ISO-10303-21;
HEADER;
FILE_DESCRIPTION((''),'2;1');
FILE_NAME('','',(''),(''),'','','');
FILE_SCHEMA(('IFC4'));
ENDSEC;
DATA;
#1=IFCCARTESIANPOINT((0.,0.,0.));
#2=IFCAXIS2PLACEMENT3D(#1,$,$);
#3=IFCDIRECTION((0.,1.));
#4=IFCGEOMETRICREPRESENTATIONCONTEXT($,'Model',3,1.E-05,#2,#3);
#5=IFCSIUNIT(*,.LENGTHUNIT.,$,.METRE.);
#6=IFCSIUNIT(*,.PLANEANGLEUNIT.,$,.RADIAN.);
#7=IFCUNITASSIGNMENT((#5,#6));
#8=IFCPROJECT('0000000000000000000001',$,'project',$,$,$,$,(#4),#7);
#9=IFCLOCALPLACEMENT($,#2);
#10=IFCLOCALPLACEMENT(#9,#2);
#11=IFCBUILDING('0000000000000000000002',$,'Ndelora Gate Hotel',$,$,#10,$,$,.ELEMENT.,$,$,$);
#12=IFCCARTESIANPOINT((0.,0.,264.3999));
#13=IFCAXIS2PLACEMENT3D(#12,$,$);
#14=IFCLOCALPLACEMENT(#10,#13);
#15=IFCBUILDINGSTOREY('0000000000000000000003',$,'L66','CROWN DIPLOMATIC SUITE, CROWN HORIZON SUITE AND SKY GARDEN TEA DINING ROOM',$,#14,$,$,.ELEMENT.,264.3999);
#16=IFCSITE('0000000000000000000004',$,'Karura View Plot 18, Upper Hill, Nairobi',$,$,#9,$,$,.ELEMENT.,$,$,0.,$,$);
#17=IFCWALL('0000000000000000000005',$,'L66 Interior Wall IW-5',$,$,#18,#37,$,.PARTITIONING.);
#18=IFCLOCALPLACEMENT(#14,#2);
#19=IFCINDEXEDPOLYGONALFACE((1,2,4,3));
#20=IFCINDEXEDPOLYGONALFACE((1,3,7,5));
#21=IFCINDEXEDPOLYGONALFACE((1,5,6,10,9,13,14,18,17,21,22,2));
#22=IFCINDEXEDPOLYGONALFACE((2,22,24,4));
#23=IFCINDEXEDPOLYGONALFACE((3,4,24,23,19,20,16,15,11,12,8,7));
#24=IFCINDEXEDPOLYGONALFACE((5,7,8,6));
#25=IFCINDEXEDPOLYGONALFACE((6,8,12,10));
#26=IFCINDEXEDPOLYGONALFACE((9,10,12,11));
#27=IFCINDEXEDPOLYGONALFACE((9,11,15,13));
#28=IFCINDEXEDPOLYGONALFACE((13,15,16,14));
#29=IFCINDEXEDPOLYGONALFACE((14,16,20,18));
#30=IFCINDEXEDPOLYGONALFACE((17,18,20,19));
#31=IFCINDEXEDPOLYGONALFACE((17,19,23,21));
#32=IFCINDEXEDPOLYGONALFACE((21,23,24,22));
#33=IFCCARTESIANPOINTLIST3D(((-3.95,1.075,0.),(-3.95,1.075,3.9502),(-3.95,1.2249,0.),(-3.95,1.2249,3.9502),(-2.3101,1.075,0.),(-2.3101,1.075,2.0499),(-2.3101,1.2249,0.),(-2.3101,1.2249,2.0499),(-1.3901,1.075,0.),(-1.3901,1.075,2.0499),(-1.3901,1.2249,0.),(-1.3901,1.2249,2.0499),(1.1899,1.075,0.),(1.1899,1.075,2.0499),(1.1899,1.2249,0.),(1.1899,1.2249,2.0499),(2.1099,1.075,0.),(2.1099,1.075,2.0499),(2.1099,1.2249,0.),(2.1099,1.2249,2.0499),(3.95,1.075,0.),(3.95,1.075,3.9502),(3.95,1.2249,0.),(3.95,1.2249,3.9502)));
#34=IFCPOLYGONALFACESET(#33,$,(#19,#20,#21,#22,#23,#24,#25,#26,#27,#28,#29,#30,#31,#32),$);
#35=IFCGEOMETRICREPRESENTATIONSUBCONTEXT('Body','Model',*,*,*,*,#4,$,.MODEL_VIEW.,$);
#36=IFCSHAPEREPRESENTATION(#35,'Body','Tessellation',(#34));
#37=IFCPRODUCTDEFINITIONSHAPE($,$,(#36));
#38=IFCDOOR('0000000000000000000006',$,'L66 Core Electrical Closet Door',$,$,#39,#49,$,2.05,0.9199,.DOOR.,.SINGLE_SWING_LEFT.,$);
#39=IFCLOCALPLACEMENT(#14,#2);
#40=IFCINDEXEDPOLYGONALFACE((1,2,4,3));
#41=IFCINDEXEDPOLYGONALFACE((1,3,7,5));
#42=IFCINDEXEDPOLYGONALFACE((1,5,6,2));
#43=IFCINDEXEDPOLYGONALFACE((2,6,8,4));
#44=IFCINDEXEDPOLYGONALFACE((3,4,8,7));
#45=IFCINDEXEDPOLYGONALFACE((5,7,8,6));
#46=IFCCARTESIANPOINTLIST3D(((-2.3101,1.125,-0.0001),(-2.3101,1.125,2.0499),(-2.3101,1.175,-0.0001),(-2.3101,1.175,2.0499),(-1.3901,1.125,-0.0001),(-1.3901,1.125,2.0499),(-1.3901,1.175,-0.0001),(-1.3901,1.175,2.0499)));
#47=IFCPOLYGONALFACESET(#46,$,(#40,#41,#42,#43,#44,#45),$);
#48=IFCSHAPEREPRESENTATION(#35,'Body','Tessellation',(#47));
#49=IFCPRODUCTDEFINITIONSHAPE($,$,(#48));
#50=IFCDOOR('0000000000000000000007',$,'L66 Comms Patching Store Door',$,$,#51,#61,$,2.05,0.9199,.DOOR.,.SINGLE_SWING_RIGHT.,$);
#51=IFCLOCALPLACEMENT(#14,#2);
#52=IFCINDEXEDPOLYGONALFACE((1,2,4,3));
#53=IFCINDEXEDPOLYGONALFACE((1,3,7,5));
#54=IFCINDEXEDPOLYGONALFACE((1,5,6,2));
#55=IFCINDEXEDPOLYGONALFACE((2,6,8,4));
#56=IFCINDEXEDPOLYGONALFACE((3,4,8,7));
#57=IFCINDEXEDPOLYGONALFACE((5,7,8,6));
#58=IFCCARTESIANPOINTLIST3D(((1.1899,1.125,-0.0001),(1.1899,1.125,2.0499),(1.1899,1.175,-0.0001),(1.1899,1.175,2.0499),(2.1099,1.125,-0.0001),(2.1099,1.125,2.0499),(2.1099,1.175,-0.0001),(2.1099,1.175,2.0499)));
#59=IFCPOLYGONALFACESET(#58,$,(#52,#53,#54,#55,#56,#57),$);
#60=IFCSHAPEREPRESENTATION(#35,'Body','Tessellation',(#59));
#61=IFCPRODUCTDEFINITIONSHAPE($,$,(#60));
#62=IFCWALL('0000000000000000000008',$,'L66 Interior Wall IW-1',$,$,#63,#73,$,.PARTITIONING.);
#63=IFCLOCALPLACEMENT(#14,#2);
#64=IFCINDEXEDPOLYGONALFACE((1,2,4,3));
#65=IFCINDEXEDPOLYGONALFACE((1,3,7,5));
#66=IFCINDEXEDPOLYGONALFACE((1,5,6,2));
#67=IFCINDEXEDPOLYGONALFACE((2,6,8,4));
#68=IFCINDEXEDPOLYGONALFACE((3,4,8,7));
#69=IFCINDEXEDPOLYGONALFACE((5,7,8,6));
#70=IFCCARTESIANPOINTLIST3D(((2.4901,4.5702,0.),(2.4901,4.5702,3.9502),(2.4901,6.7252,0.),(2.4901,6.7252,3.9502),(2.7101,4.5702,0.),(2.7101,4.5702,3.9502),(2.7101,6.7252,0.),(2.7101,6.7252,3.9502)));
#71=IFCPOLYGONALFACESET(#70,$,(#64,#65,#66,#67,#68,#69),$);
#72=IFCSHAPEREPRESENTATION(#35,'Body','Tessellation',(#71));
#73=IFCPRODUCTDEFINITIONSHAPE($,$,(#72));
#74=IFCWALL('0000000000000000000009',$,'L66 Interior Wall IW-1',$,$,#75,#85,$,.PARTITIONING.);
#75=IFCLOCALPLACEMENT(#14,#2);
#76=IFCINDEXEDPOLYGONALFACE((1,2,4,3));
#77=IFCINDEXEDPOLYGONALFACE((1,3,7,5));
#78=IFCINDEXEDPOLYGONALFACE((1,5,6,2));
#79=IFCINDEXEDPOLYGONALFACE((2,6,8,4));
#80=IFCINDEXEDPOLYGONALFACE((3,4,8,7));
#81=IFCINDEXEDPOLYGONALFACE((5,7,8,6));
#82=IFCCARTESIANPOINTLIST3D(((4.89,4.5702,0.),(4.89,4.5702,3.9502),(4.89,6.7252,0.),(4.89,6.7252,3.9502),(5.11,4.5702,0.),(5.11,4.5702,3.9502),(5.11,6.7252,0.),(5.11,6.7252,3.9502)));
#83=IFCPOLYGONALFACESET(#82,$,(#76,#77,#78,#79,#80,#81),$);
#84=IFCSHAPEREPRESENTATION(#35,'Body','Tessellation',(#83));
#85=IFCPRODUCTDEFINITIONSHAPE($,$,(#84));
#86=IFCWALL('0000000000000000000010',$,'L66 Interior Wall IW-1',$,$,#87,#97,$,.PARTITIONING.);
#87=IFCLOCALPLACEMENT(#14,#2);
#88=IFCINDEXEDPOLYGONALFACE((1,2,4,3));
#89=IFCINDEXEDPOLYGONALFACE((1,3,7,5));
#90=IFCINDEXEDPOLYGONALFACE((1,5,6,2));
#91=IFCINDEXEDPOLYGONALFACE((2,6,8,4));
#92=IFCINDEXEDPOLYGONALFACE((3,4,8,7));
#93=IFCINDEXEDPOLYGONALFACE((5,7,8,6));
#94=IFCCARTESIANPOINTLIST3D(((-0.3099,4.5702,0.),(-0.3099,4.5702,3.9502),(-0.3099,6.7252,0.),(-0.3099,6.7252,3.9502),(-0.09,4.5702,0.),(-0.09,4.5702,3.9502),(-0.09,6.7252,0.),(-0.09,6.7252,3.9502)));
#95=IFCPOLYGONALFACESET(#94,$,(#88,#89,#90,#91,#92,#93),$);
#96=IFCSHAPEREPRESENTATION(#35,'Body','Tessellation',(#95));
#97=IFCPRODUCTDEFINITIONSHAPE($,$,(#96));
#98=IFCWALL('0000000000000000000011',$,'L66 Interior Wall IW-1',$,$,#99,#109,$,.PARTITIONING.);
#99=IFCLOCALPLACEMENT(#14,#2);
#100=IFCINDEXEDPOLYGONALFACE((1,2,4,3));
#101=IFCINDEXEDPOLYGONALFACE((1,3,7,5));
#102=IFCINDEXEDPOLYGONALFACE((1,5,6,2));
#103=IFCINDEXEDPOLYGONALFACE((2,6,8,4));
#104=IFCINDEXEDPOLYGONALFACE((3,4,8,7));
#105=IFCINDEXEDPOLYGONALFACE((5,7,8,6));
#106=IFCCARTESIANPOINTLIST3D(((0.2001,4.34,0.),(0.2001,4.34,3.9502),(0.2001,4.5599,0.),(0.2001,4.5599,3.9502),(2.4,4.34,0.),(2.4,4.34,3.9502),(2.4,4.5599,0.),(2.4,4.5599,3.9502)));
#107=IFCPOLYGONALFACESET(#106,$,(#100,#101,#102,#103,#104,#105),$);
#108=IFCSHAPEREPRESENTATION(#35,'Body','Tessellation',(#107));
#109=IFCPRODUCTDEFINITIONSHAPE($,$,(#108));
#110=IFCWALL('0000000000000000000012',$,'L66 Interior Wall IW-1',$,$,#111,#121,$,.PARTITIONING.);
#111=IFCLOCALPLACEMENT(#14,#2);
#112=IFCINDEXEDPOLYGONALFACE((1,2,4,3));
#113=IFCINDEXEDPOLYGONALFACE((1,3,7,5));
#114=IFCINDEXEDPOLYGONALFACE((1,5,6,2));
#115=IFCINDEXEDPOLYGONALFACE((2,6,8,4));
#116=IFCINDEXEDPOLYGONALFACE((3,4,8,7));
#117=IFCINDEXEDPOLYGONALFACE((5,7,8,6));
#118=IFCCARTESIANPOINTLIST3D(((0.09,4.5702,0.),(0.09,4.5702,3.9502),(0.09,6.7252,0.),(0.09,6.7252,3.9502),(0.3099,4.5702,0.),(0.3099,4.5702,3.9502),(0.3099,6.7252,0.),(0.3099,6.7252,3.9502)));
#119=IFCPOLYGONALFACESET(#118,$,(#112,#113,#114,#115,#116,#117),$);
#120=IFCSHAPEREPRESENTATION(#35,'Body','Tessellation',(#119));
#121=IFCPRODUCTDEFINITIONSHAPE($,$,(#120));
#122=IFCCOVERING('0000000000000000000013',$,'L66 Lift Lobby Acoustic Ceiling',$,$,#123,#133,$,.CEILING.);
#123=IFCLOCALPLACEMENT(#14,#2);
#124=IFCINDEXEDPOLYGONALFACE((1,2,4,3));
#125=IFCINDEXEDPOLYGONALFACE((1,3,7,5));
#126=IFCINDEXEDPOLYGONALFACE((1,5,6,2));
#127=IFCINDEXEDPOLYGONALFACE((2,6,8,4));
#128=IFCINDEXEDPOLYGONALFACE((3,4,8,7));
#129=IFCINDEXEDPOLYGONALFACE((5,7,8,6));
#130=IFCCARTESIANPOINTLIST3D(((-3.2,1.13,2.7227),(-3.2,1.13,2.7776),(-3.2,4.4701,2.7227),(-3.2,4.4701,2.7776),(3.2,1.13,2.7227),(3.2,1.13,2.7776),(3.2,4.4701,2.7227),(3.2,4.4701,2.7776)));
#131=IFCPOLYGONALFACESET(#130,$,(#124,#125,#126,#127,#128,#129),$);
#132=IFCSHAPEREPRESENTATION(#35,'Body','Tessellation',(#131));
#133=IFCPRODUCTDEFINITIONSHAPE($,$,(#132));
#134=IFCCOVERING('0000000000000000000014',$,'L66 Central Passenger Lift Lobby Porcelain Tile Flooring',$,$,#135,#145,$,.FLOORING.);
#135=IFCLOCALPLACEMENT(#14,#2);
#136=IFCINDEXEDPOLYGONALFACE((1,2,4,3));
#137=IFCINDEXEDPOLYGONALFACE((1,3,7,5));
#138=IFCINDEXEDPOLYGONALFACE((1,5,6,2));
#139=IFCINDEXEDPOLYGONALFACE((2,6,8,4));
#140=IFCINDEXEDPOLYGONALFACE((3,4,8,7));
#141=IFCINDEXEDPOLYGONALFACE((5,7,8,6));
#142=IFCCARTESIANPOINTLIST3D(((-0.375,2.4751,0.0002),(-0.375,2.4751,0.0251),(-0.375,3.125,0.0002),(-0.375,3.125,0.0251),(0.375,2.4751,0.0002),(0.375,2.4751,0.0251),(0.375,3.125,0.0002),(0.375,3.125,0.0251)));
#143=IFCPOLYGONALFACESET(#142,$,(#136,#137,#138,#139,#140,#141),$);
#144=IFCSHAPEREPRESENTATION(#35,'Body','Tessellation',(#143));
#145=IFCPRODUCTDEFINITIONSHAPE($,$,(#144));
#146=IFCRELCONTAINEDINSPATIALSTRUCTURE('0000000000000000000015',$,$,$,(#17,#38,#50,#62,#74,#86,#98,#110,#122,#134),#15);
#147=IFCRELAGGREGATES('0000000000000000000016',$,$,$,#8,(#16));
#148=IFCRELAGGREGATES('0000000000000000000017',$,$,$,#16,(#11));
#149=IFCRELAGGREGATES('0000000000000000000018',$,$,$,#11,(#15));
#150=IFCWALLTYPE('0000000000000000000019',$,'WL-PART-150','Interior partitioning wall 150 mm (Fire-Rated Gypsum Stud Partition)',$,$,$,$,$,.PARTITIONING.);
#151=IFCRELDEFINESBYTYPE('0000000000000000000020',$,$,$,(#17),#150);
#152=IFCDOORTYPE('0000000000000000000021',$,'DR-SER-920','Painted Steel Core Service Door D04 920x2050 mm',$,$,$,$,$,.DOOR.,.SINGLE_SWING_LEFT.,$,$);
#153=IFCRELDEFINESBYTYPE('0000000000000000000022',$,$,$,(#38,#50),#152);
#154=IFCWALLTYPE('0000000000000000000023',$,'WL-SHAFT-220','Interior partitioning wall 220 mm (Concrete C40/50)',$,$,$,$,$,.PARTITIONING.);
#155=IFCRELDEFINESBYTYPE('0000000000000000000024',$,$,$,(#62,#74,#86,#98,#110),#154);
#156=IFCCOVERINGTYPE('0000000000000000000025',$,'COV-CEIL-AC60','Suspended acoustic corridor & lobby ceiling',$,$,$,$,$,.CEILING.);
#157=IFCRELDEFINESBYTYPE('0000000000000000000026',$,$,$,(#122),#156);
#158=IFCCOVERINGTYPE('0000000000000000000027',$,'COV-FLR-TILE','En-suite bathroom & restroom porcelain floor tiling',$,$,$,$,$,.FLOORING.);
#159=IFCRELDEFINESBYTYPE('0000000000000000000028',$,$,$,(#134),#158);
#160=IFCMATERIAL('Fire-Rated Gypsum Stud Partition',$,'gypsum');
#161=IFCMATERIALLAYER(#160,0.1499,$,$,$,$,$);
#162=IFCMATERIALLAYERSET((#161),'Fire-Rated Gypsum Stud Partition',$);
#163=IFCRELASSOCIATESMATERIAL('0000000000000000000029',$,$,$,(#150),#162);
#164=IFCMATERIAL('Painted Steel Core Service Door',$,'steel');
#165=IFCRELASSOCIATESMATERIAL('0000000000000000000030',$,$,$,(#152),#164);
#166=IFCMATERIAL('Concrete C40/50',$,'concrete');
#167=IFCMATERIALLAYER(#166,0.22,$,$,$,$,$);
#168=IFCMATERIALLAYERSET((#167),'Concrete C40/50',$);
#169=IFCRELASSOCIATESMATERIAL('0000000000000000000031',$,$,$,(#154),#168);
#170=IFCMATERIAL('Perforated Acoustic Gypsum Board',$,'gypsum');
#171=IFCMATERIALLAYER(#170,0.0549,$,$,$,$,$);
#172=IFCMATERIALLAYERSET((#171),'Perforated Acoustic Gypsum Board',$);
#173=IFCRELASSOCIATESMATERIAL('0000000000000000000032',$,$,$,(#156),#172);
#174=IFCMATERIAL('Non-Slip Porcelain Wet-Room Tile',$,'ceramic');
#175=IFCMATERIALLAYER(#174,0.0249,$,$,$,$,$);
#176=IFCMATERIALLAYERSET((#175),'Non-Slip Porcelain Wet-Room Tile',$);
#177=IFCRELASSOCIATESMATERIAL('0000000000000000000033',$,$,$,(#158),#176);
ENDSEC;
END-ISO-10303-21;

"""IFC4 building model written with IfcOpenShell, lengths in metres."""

from ifc_helpers import new_model, si_unit, direction, frame, frame_2d, origin, origin_2d, place, context, subcontext, project, spatial, rectangle, extrude, material, layer, layer_set, type_object, element, fill, save


model = new_model("IFC4")

# Units and contexts
model_context = context("Model", 3, precision=1e-05, world=origin(), true_north=direction((0.0, 1.0)))
body_context = subcontext(model_context, "Body", "Model", "MODEL_VIEW")
ifc_project = project(units=[si_unit("LENGTHUNIT", "METRE"), si_unit("PLANEANGLEUNIT", "RADIAN")], contexts=[model_context])

# Site, building, storey
site_placement = place(None, origin())
site = spatial("IfcSite", under=ifc_project, at=site_placement, Name="Karura View Plot 18, Upper Hill, Nairobi", CompositionType="ELEMENT", RefElevation=0.0)
building_placement = place(site_placement, origin())
building = spatial("IfcBuilding", under=site, at=building_placement, Name="Ndelora Gate Hotel", CompositionType="ELEMENT")
storey_placement = place(building_placement, frame((0.0, 0.0, 264.3999)))
storey = spatial("IfcBuildingStorey", under=building, at=storey_placement, Name="L66", Description="CROWN DIPLOMATIC SUITE, CROWN HORIZON SUITE AND SKY GARDEN TEA DINING ROOM", CompositionType="ELEMENT", Elevation=264.3999)

# Shared definitions
ifc_material_1 = material(Name="Concrete C40/50", Category="concrete")

# Wall, openings, doors
ifc_material_2 = material(Name="Fire-Rated Gypsum Stud Partition", Category="gypsum")
ifc_layer_1 = layer(ifc_material_2, 0.1499)
ifc_layer_set_1 = layer_set([ifc_layer_1], Name="Fire-Rated Gypsum Stud Partition")
wall_type_1 = type_object("IfcWallType", Name="WL-PART-150", Description="Interior partitioning wall 150 mm (Fire-Rated Gypsum Stud Partition)", PredefinedType="PARTITIONING", material=ifc_layer_set_1)
wall_1_placement = place(storey_placement, frame((3.95, 1.1499, 0.0), z_axis=(0.0, 0.0, 1.0), x_axis=(-1.0, 0.0, 0.0)))
wall_1 = element("IfcWall", 1, at=wall_1_placement, inside=storey, type_object=wall_type_1, Name="L66 Interior Wall IW-5", PredefinedType="PARTITIONING", context=body_context, shape_type="SweptSolid", body=[
    extrude(rectangle(XDim=7.8999, YDim=0.1499, at=frame_2d((3.95, 0.0))), origin(), (0.0, 0.0, 1.0), 3.9502),
])
opening_1_placement = place(wall_1_placement, frame((5.3401, 0.0, 0.0)))
opening_1 = element("IfcOpeningElement", 2, at=opening_1_placement, cuts=wall_1, PredefinedType="OPENING", context=body_context, shape_type="SweptSolid", body=[
    extrude(rectangle(XDim=0.9199, YDim=2.05, at=frame_2d((0.46, 1.0249))), frame((0.0, 0.085, 0.0), z_axis=(0.0, -1.0, 0.0), x_axis=(1.0, 0.0, 0.0)), (0.0, 0.0, 1.0), 0.1699),
])
opening_2_placement = place(wall_1_placement, frame((1.8401, 0.0, 0.0)))
opening_2 = element("IfcOpeningElement", 3, at=opening_2_placement, cuts=wall_1, PredefinedType="OPENING", context=body_context, shape_type="SweptSolid", body=[
    extrude(rectangle(XDim=0.9199, YDim=2.05, at=frame_2d((0.46, 1.0249))), frame((0.0, 0.085, 0.0), z_axis=(0.0, -1.0, 0.0), x_axis=(1.0, 0.0, 0.0)), (0.0, 0.0, 1.0), 0.1699),
])
ifc_material_3 = material(Name="Painted Steel Core Service Door", Category="steel")
door_type_1 = type_object("IfcDoorType", Name="DR-SER-920", Description="Painted Steel Core Service Door D04 920x2050 mm", OperationType="SINGLE_SWING_LEFT", PredefinedType="DOOR", material=ifc_material_3)
door_1_placement = place(opening_1_placement, origin())
door_1 = element("IfcDoor", 4, at=door_1_placement, inside=storey, type_object=door_type_1, Name="L66 Core Electrical Closet Door", OperationType="SINGLE_SWING_LEFT", OverallHeight=2.05, OverallWidth=0.9199, PredefinedType="DOOR", context=body_context, shape_type="SweptSolid", body=[
    extrude(rectangle(XDim=0.9199, YDim=2.05, at=frame_2d((0.46, 1.0249))), frame((0.0, 0.0249, 0.0), z_axis=(0.0, -1.0, 0.0), x_axis=(1.0, 0.0, 0.0)), (0.0, 0.0, 1.0), 0.05),
])
fill(opening_1, door_1)
door_2_placement = place(opening_2_placement, origin())
door_2 = element("IfcDoor", 5, at=door_2_placement, inside=storey, type_object=door_type_1, Name="L66 Comms Patching Store Door", OperationType="SINGLE_SWING_RIGHT", OverallHeight=2.05, OverallWidth=0.9199, PredefinedType="DOOR", context=body_context, shape_type="SweptSolid", body=[
    extrude(rectangle(XDim=0.9199, YDim=2.05, at=frame_2d((0.46, 1.0249))), frame((0.0, 0.0249, 0.0), z_axis=(0.0, -1.0, 0.0), x_axis=(1.0, 0.0, 0.0)), (0.0, 0.0, 1.0), 0.05),
])
fill(opening_2, door_2)

# Shared definitions
ifc_layer_2 = layer(ifc_material_1, 0.22)
ifc_layer_set_2 = layer_set([ifc_layer_2], Name="Concrete C40/50")
wall_type_2 = type_object("IfcWallType", Name="WL-SHAFT-220", Description="Interior partitioning wall 220 mm (Concrete C40/50)", PredefinedType="PARTITIONING", material=ifc_layer_set_2)

# Walls
for number, where, z_axis, x_axis, name in (
    (6, (2.6001, 4.5701, 0.0), (0.0, 0.0, 1.0), (0.0, 1.0, 0.0), "L66 Interior Wall IW-1"),
    (7, (5.0, 4.5701, 0.0), (0.0, 0.0, 1.0), (0.0, 1.0, 0.0), "L66 Interior Wall IW-1"),
    (8, (-0.2, 4.5701, 0.0), (0.0, 0.0, 1.0), (0.0, 1.0, 0.0), "L66 Interior Wall IW-1"),
):
    element("IfcWall", number, at=place(storey_placement, frame(where, z_axis=z_axis, x_axis=x_axis)), inside=storey, type_object=wall_type_2, Name=name, PredefinedType="PARTITIONING", context=body_context, shape_type="SweptSolid", body=[
        extrude(rectangle(XDim=2.155, YDim=0.22, at=frame_2d((1.0776, 0.0))), origin(), (0.0, 0.0, 1.0), 3.9502),
    ])
wall_2_placement = place(storey_placement, frame((0.2, 4.45, 0.0), z_axis=(0.0, 0.0, 1.0), x_axis=(1.0, 0.0, 0.0)))
element("IfcWall", 9, at=wall_2_placement, inside=storey, type_object=wall_type_2, Name="L66 Interior Wall IW-1", PredefinedType="PARTITIONING", context=body_context, shape_type="SweptSolid", body=[
    extrude(rectangle(XDim=2.2, YDim=0.22, at=frame_2d((1.1001, 0.0))), origin(), (0.0, 0.0, 1.0), 3.9502),
])
wall_3_placement = place(storey_placement, frame((0.2, 4.5701, 0.0), z_axis=(0.0, 0.0, 1.0), x_axis=(0.0, 1.0, 0.0)))
element("IfcWall", 10, at=wall_3_placement, inside=storey, type_object=wall_type_2, Name="L66 Interior Wall IW-1", PredefinedType="PARTITIONING", context=body_context, shape_type="SweptSolid", body=[
    extrude(rectangle(XDim=2.155, YDim=0.22, at=frame_2d((1.0776, 0.0))), origin(), (0.0, 0.0, 1.0), 3.9502),
])

# Coverings
ifc_material_4 = material(Name="Perforated Acoustic Gypsum Board", Category="gypsum")
ifc_layer_3 = layer(ifc_material_4, 0.0549)
ifc_layer_set_3 = layer_set([ifc_layer_3], Name="Perforated Acoustic Gypsum Board")
covering_type_1 = type_object("IfcCoveringType", Name="COV-CEIL-AC60", Description="Suspended acoustic corridor & lobby ceiling", PredefinedType="CEILING", material=ifc_layer_set_3)
covering_1_placement = place(storey_placement, frame((0.0, 2.8, 2.7227), z_axis=(0.0, 0.0, 1.0), x_axis=(1.0, 0.0, 0.0)))
element("IfcCovering", 11, at=covering_1_placement, inside=storey, type_object=covering_type_1, Name="L66 Lift Lobby Acoustic Ceiling", PredefinedType="CEILING", context=body_context, shape_type="SweptSolid", body=[
    extrude(rectangle(XDim=6.3999, YDim=3.3401, at=origin_2d()), origin(), (0.0, 0.0, 1.0), 0.0549),
])
ifc_material_5 = material(Name="Non-Slip Porcelain Wet-Room Tile", Category="ceramic")
ifc_layer_4 = layer(ifc_material_5, 0.0249)
ifc_layer_set_4 = layer_set([ifc_layer_4], Name="Non-Slip Porcelain Wet-Room Tile")
covering_type_2 = type_object("IfcCoveringType", Name="COV-FLR-TILE", Description="En-suite bathroom & restroom porcelain floor tiling", PredefinedType="FLOORING", material=ifc_layer_set_4)
covering_2_placement = place(storey_placement, frame((0.0, 2.8, 0.0002), z_axis=(0.0, 0.0, 1.0), x_axis=(1.0, 0.0, 0.0)))
element("IfcCovering", 12, at=covering_2_placement, inside=storey, type_object=covering_type_2, Name="L66 Central Passenger Lift Lobby Porcelain Tile Flooring", PredefinedType="FLOORING", context=body_context, shape_type="SweptSolid", body=[
    extrude(rectangle(XDim=0.75, YDim=0.6499, at=origin_2d()), origin(), (0.0, 0.0, 1.0), 0.0249),
])

save(model, "model.ifc")
